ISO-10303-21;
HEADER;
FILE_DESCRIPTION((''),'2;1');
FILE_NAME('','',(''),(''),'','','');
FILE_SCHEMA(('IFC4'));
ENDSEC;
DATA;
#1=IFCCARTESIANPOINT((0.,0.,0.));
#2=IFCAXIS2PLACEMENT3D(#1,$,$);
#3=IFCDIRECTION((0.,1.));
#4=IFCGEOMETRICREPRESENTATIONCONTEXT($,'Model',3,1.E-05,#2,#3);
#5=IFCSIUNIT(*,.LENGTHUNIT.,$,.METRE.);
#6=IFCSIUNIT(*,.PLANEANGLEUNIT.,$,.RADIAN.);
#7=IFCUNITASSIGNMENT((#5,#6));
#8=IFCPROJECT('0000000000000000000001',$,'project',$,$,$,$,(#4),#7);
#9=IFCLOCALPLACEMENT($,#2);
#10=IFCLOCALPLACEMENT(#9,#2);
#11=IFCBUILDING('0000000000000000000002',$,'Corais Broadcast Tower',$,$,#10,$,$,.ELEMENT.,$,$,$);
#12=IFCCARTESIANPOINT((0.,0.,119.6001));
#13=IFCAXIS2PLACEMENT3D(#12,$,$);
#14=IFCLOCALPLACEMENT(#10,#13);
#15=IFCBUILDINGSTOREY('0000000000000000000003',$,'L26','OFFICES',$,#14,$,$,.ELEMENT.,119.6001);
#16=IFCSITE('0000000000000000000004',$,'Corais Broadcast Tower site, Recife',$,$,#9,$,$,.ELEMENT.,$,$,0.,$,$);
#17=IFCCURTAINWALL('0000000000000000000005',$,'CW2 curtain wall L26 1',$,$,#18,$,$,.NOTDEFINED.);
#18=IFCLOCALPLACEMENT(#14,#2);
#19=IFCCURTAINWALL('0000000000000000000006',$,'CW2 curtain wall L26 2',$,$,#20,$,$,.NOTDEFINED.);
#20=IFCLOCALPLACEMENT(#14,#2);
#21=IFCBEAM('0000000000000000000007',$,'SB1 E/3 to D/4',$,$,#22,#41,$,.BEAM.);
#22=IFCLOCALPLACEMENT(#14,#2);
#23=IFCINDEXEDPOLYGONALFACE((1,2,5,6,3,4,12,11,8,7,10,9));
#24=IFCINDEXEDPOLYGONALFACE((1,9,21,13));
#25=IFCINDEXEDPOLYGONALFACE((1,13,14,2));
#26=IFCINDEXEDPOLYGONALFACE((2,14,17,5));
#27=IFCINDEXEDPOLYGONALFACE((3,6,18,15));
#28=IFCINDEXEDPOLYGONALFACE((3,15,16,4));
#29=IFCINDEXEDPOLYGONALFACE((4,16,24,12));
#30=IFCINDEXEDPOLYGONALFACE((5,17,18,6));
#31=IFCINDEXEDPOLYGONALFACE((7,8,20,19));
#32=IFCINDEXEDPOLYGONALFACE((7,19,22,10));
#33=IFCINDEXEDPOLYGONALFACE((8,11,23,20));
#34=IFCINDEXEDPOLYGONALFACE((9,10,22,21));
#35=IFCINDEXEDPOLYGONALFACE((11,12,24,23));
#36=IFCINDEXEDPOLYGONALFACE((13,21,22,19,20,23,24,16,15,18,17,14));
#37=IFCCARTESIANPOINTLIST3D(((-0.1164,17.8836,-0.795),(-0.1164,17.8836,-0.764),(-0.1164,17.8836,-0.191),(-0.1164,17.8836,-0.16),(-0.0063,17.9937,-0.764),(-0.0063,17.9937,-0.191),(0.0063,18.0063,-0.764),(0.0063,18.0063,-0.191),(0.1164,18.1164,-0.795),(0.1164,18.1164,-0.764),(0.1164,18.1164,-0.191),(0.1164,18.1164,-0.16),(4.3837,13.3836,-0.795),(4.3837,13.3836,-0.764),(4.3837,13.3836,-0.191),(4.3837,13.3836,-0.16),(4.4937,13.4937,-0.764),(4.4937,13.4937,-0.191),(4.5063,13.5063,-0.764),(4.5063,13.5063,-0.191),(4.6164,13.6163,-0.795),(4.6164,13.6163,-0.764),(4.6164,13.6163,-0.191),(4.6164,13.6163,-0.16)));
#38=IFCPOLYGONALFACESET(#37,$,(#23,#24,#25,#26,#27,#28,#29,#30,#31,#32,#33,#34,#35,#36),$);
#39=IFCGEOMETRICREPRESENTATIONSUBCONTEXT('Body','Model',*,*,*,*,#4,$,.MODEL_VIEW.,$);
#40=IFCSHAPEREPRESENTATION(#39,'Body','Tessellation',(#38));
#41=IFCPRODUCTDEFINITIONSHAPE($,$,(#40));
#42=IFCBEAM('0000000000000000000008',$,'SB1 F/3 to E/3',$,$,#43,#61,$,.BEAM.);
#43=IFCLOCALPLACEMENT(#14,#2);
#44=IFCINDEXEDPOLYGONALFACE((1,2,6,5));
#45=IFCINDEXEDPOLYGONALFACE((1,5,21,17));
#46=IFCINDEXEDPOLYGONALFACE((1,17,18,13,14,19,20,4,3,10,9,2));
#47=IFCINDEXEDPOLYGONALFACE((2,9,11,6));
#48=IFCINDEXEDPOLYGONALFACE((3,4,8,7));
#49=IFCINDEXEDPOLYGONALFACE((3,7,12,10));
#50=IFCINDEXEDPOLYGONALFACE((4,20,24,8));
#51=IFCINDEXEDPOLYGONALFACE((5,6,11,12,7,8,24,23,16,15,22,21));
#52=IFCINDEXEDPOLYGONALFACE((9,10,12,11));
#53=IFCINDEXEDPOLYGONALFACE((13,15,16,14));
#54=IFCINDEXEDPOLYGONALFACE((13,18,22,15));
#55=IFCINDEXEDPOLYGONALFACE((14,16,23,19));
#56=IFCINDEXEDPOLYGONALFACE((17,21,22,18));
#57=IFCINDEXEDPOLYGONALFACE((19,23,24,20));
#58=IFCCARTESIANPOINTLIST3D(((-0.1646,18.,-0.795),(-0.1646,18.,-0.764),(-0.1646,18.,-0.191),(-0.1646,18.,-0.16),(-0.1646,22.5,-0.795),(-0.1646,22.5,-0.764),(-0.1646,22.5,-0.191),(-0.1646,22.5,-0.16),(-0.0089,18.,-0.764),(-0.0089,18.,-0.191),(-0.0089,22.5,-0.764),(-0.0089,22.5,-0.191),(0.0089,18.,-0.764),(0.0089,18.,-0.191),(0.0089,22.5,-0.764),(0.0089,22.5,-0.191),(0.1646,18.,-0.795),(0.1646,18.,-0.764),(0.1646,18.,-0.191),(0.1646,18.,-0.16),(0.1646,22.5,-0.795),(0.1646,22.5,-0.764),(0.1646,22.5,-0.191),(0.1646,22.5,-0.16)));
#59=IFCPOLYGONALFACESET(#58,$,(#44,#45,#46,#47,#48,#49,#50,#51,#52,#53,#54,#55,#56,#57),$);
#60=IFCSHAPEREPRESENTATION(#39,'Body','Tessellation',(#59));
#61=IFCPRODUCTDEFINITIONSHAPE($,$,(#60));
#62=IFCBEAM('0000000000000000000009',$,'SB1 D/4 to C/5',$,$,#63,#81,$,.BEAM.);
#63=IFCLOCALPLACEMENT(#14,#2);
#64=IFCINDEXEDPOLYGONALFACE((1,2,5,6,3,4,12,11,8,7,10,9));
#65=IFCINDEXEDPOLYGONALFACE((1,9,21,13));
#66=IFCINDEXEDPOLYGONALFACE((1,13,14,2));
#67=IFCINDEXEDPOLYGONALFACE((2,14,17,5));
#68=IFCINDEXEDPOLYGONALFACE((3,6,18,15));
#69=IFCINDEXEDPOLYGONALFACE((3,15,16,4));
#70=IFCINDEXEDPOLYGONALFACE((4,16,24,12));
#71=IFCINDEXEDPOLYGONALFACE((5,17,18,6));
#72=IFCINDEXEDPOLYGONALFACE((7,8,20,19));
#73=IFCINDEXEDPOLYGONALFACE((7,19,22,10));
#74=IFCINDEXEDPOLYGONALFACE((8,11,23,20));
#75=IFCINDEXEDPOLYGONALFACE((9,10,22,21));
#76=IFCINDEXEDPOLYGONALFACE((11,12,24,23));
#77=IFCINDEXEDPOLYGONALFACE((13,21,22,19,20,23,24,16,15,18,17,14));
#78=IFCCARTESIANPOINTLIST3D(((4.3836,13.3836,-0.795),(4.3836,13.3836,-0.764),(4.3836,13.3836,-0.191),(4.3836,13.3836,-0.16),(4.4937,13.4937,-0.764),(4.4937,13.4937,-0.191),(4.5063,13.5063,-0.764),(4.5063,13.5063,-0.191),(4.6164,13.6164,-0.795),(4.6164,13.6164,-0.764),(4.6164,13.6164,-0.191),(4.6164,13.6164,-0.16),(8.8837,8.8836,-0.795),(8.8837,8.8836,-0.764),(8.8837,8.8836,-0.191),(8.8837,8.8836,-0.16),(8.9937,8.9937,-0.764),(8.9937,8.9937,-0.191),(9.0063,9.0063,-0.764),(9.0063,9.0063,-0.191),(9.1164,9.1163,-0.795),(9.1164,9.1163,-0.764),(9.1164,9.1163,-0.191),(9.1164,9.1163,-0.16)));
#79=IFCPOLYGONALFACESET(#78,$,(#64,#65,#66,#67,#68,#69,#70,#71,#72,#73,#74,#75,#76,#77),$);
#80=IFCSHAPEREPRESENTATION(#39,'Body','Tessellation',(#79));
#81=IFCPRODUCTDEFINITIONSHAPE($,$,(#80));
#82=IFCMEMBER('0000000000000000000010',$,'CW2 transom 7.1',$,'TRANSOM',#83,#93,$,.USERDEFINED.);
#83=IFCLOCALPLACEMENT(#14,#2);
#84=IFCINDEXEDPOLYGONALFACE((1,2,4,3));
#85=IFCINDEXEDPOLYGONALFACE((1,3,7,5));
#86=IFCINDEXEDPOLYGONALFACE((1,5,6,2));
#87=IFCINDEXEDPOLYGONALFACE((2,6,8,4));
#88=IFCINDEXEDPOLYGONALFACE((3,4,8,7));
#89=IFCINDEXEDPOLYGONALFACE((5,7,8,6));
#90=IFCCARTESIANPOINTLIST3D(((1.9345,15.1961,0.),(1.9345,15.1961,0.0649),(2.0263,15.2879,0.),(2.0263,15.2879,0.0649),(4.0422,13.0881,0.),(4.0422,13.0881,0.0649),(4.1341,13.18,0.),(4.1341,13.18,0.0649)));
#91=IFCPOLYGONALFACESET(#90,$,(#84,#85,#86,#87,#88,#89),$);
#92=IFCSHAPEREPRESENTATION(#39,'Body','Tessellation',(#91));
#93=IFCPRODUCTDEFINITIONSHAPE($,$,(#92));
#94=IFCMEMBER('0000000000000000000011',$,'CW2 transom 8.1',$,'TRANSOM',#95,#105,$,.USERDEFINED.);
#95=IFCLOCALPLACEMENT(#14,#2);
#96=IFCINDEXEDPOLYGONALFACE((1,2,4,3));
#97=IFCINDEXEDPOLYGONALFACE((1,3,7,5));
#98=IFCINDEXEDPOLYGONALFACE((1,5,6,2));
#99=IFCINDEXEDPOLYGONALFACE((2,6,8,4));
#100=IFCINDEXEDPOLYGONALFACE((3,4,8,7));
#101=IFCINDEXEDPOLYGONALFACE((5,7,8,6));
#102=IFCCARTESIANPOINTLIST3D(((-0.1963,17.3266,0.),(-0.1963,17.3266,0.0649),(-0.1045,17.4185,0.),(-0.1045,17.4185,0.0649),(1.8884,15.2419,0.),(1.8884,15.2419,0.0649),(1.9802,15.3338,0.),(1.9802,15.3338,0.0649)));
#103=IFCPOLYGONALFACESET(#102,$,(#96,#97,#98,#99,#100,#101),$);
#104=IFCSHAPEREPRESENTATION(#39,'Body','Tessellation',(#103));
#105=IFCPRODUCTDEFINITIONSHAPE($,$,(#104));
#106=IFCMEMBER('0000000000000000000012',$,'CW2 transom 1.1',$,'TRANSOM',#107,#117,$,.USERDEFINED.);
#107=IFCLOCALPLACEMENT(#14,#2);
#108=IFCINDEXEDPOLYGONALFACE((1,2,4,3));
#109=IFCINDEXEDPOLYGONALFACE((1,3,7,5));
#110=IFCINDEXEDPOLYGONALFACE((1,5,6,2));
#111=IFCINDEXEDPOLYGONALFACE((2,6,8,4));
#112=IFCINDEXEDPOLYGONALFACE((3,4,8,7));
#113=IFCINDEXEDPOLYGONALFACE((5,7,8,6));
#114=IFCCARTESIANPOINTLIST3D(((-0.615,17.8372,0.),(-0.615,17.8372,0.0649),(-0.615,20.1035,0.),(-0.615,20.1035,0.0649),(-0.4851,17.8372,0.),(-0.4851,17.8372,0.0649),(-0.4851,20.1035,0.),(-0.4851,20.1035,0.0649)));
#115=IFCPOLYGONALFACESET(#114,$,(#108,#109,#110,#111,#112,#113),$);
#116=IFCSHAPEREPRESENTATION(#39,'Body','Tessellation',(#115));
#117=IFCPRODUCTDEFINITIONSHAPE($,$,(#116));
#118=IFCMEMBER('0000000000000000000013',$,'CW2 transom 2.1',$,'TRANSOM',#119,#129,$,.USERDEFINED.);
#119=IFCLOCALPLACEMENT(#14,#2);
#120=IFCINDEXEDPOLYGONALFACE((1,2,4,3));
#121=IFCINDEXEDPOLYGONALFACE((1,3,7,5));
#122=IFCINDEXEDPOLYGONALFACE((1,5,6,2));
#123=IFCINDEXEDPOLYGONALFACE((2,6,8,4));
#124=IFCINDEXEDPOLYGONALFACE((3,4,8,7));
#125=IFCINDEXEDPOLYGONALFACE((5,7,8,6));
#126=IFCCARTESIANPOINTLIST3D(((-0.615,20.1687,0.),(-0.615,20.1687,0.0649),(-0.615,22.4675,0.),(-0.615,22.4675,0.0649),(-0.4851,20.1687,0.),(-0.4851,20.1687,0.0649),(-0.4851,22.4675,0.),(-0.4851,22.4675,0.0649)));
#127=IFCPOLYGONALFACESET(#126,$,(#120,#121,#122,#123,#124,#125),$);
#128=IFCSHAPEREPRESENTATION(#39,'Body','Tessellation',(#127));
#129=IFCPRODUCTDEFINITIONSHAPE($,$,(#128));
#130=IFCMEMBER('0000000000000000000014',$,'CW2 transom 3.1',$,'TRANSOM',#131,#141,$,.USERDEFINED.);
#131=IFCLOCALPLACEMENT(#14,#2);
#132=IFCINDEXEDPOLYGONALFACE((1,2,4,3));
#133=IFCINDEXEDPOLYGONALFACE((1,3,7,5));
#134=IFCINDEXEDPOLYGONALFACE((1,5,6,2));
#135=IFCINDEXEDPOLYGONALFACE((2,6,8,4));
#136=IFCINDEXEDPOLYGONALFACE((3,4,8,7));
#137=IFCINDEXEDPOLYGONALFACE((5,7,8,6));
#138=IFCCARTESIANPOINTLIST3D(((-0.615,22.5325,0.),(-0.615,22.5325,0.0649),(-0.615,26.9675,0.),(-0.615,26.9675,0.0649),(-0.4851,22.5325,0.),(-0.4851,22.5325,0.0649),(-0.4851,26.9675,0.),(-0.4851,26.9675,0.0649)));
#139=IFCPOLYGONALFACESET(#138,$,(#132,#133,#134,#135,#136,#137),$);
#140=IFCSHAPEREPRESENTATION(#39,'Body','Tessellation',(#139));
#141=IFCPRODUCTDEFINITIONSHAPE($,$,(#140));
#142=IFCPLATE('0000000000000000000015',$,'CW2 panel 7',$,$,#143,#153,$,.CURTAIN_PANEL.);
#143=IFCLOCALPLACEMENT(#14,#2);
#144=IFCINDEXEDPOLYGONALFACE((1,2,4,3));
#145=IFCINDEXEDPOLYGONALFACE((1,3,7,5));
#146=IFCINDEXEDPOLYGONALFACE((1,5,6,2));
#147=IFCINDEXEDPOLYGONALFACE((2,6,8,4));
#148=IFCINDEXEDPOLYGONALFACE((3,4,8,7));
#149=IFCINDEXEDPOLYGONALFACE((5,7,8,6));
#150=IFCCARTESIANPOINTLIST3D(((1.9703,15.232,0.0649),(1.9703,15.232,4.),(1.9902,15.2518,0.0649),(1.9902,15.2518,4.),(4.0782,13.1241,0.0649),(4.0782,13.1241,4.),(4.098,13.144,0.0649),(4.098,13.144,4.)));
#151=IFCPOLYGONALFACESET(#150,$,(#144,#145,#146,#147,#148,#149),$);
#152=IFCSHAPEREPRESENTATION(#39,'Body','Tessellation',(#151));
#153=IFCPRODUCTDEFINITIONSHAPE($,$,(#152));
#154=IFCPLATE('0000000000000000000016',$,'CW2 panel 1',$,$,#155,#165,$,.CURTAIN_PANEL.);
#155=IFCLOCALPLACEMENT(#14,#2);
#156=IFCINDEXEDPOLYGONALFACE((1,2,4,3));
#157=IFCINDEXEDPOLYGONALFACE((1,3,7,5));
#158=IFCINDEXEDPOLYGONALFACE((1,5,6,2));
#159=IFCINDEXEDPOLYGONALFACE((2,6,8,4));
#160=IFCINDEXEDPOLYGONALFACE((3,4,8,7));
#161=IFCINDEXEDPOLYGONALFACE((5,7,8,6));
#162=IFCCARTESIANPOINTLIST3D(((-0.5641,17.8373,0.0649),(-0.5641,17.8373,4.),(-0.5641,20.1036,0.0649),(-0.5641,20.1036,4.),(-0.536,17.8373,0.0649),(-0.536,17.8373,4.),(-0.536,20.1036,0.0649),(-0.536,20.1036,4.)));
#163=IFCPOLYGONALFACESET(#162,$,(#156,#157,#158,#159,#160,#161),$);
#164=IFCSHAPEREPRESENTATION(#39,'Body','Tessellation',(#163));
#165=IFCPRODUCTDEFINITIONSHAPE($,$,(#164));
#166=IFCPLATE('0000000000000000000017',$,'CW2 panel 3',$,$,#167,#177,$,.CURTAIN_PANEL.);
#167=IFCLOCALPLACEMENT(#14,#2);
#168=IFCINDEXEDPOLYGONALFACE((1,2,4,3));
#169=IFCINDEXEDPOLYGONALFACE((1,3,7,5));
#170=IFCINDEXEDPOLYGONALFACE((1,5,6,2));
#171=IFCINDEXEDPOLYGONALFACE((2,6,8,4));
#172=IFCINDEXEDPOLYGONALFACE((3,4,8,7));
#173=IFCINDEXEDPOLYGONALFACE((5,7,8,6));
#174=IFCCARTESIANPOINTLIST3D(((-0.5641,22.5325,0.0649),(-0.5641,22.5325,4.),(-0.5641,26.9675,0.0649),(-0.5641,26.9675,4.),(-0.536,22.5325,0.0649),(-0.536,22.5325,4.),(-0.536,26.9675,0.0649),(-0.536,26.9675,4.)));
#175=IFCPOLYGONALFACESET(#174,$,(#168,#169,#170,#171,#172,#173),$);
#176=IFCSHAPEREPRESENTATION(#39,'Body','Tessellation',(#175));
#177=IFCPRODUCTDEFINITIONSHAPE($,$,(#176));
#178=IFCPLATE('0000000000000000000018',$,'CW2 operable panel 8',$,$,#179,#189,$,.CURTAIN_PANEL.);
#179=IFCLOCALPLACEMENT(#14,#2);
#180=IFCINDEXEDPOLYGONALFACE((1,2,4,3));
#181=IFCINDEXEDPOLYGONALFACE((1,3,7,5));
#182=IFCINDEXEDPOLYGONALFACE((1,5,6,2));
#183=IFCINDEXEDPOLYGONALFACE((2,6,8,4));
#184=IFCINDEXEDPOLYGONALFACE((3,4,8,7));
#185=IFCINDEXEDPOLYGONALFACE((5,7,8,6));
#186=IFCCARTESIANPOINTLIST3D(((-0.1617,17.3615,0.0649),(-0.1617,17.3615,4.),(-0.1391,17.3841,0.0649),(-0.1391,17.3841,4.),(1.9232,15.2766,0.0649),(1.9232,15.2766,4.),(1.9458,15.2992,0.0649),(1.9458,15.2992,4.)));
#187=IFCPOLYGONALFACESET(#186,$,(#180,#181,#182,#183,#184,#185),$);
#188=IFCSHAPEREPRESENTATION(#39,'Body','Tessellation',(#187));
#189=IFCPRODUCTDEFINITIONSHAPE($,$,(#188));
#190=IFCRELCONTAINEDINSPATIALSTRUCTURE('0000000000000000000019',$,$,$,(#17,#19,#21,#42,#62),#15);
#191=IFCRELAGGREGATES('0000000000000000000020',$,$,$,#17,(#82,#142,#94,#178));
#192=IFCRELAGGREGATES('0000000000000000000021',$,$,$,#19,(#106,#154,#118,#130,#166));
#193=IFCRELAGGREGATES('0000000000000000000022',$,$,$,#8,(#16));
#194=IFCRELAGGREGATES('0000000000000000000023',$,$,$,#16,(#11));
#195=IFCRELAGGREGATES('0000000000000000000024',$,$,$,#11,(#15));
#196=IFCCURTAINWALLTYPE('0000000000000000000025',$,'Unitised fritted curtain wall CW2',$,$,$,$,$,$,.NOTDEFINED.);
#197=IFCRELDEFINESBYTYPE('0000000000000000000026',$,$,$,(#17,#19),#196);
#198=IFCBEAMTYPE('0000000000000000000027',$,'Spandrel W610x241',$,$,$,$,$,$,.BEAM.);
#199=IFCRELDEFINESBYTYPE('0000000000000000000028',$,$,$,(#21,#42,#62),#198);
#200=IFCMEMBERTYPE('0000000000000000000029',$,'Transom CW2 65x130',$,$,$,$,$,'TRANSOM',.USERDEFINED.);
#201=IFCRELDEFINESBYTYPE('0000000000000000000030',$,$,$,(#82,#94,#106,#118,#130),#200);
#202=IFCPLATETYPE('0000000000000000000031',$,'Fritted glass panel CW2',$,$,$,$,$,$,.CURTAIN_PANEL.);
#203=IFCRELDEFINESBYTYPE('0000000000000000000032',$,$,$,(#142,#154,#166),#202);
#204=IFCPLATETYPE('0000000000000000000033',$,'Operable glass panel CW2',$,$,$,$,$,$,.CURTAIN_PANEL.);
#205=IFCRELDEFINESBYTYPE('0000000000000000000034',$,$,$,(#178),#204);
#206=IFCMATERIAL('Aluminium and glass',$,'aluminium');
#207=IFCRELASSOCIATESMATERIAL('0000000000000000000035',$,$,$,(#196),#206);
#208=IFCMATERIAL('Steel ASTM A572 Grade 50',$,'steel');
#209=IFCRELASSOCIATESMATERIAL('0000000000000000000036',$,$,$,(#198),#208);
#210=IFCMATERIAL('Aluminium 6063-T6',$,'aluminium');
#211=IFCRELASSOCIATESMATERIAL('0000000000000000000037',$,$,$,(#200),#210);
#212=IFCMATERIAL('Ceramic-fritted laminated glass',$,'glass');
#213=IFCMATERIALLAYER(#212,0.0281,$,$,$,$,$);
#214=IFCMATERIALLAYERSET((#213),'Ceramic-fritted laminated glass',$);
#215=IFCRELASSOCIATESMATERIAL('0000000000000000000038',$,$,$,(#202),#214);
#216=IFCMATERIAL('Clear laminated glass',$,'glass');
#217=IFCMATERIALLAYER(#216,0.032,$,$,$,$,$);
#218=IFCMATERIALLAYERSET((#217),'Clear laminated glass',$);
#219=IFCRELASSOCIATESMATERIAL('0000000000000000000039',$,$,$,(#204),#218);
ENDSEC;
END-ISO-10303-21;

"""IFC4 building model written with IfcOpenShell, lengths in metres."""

from ifc_helpers import new_model, si_unit, direction, frame, origin, origin_2d, place, context, subcontext, project, spatial, rectangle, i_section, extrude, material, layer, layer_set, material_profile, profile_set, type_object, element, aggregate, save


model = new_model("IFC4")

# Units and contexts
model_context = context("Model", 3, precision=1e-05, world=origin(), true_north=direction((0.0, 1.0)))
body_context = subcontext(model_context, "Body", "Model", "MODEL_VIEW")
ifc_project = project(units=[si_unit("LENGTHUNIT", "METRE"), si_unit("PLANEANGLEUNIT", "RADIAN")], contexts=[model_context])

# Site, building, storey
site_placement = place(None, origin())
site = spatial("IfcSite", under=ifc_project, at=site_placement, Name="Corais Broadcast Tower site, Recife", CompositionType="ELEMENT", RefElevation=0.0)
building_placement = place(site_placement, origin())
building = spatial("IfcBuilding", under=site, at=building_placement, Name="Corais Broadcast Tower", CompositionType="ELEMENT")
storey_placement = place(building_placement, frame((0.0, 0.0, 119.6001)))
storey = spatial("IfcBuildingStorey", under=building, at=storey_placement, Name="L26", Description="OFFICES", CompositionType="ELEMENT", Elevation=119.6001)

# Curtain walls
ifc_material_1 = material(Name="Aluminium and glass", Category="aluminium")
curtain_wall_type = type_object("IfcCurtainWallType", Name="Unitised fritted curtain wall CW2", PredefinedType="NOTDEFINED", material=ifc_material_1)
curtain_wall_1_placement = place(storey_placement, origin())
curtain_wall_1 = element("IfcCurtainWall", 1, at=curtain_wall_1_placement, inside=storey, type_object=curtain_wall_type, Name="CW2 curtain wall L26 1", PredefinedType="NOTDEFINED")
curtain_wall_2_placement = place(storey_placement, origin())
curtain_wall_2 = element("IfcCurtainWall", 2, at=curtain_wall_2_placement, inside=storey, type_object=curtain_wall_type, Name="CW2 curtain wall L26 2", PredefinedType="NOTDEFINED")

# Beams
ifc_material_2 = material(Name="Steel ASTM A572 Grade 50", Category="steel")
ifc_material_profile_1 = material_profile(ifc_material_2, i_section(OverallWidth=0.3291, OverallDepth=0.635, WebThickness=0.0178, FlangeThickness=0.031, at=origin_2d()), Name="W610x241")
ifc_profile_set_1 = profile_set([ifc_material_profile_1], Name="Steel ASTM A572 Grade 50")
beam_type_1 = type_object("IfcBeamType", Name="Spandrel W610x241", PredefinedType="BEAM", material=ifc_profile_set_1)
beam_1_placement = place(storey_placement, frame((0.0, 18.0, -0.4775), z_axis=(0.707107, -0.707107, 0.0), x_axis=(0.707107, 0.707107, 0.0)))
element("IfcBeam", 3, at=beam_1_placement, inside=storey, type_object=beam_type_1, Name="SB1 E/3 to D/4", PredefinedType="BEAM", context=body_context, shape_type="SweptSolid", body=[
    extrude(i_section(OverallWidth=0.3291, OverallDepth=0.635, WebThickness=0.0178, FlangeThickness=0.031, at=origin_2d()), origin(), (0.0, 0.0, 1.0), 6.364),
])
beam_2_placement = place(storey_placement, frame((0.0, 22.5, -0.4775), z_axis=(0.0, -1.0, 0.0), x_axis=(1.0, 0.0, 0.0)))
element("IfcBeam", 4, at=beam_2_placement, inside=storey, type_object=beam_type_1, Name="SB1 F/3 to E/3", PredefinedType="BEAM", context=body_context, shape_type="SweptSolid", body=[
    extrude(i_section(OverallWidth=0.3291, OverallDepth=0.635, WebThickness=0.0178, FlangeThickness=0.031, at=origin_2d()), origin(), (0.0, 0.0, 1.0), 4.5),
])
beam_3_placement = place(storey_placement, frame((4.5, 13.5, -0.4775), z_axis=(0.707107, -0.707107, 0.0), x_axis=(0.707107, 0.707107, 0.0)))
element("IfcBeam", 5, at=beam_3_placement, inside=storey, type_object=beam_type_1, Name="SB1 D/4 to C/5", PredefinedType="BEAM", context=body_context, shape_type="SweptSolid", body=[
    extrude(i_section(OverallWidth=0.3291, OverallDepth=0.635, WebThickness=0.0178, FlangeThickness=0.031, at=origin_2d()), origin(), (0.0, 0.0, 1.0), 6.364),
])

# Members
ifc_material_3 = material(Name="Aluminium 6063-T6", Category="aluminium")
ifc_material_profile_2 = material_profile(ifc_material_3, rectangle(XDim=0.1299, YDim=0.0649, at=origin_2d()), Name="Transom CW2 65x130")
ifc_profile_set_2 = profile_set([ifc_material_profile_2], Name="Aluminium 6063-T6")
member_type_1 = type_object("IfcMemberType", Name="Transom CW2 65x130", ElementType="TRANSOM", PredefinedType="USERDEFINED", material=ifc_profile_set_2)
member_1_placement = place(storey_placement, frame((4.0881, 13.134, 0.0325), z_axis=(-0.707066, 0.707148, 0.0), x_axis=(-0.707148, -0.707066, 0.0)))
member_1 = element("IfcMember", 6, at=member_1_placement, type_object=member_type_1, Name="CW2 transom 7.1", ObjectType="TRANSOM", PredefinedType="USERDEFINED", context=body_context, shape_type="SweptSolid", body=[
    extrude(rectangle(XDim=0.1299, YDim=0.0649, at=origin_2d()), origin(), (0.0, 0.0, 1.0), 2.981),
])
member_2_placement = place(storey_placement, frame((1.9343, 15.2878, 0.0325), z_axis=(-0.707107, 0.707107, 0.0), x_axis=(-0.707107, -0.707107, 0.0)))
member_2 = element("IfcMember", 7, at=member_2_placement, type_object=member_type_1, Name="CW2 transom 8.1", ObjectType="TRANSOM", PredefinedType="USERDEFINED", context=body_context, shape_type="SweptSolid", body=[
    extrude(rectangle(XDim=0.1299, YDim=0.0649, at=origin_2d()), origin(), (0.0, 0.0, 1.0), 2.9482),
])
member_3_placement = place(storey_placement, frame((-0.55, 17.8372, 0.0325), z_axis=(0.0, 1.0, 0.0), x_axis=(-1.0, 0.0, 0.0)))
member_3 = element("IfcMember", 8, at=member_3_placement, type_object=member_type_1, Name="CW2 transom 1.1", ObjectType="TRANSOM", PredefinedType="USERDEFINED", context=body_context, shape_type="SweptSolid", body=[
    extrude(rectangle(XDim=0.1299, YDim=0.0649, at=origin_2d()), origin(), (0.0, 0.0, 1.0), 2.2664),
])
member_4_placement = place(storey_placement, frame((-0.55, 20.1687, 0.0325), z_axis=(0.0, 1.0, 0.0), x_axis=(-1.0, 0.0, 0.0)))
member_4 = element("IfcMember", 9, at=member_4_placement, type_object=member_type_1, Name="CW2 transom 2.1", ObjectType="TRANSOM", PredefinedType="USERDEFINED", context=body_context, shape_type="SweptSolid", body=[
    extrude(rectangle(XDim=0.1299, YDim=0.0649, at=origin_2d()), origin(), (0.0, 0.0, 1.0), 2.2988),
])
member_5_placement = place(storey_placement, frame((-0.55, 22.5325, 0.0325), z_axis=(0.0, 1.0, 0.0), x_axis=(-1.0, 0.0, 0.0)))
member_5 = element("IfcMember", 10, at=member_5_placement, type_object=member_type_1, Name="CW2 transom 3.1", ObjectType="TRANSOM", PredefinedType="USERDEFINED", context=body_context, shape_type="SweptSolid", body=[
    extrude(rectangle(XDim=0.1299, YDim=0.0649, at=origin_2d()), origin(), (0.0, 0.0, 1.0), 4.4351),
])

# Plates
ifc_material_4 = material(Name="Ceramic-fritted laminated glass", Category="glass")
ifc_layer_1 = layer(ifc_material_4, 0.0281)
ifc_layer_set_1 = layer_set([ifc_layer_1], Name="Ceramic-fritted laminated glass")
plate_type_1 = type_object("IfcPlateType", Name="Fritted glass panel CW2", PredefinedType="CURTAIN_PANEL", material=ifc_layer_set_1)
plate_1_placement = place(storey_placement, frame((3.0342, 14.188, 0.0649), z_axis=(0.0, 0.0, 1.0), x_axis=(-0.707107, 0.707107, 0.0)))
plate_1 = element("IfcPlate", 11, at=plate_1_placement, type_object=plate_type_1, Name="CW2 panel 7", PredefinedType="CURTAIN_PANEL", context=body_context, shape_type="SweptSolid", body=[
    extrude(rectangle(XDim=2.981, YDim=0.0281, at=origin_2d()), origin(), (0.0, 0.0, 1.0), 3.9351),
])
plate_2_placement = place(storey_placement, frame((-0.55, 18.9705, 0.0649), z_axis=(0.0, 0.0, 1.0), x_axis=(0.0, 1.0, 0.0)))
plate_2 = element("IfcPlate", 12, at=plate_2_placement, type_object=plate_type_1, Name="CW2 panel 1", PredefinedType="CURTAIN_PANEL", context=body_context, shape_type="SweptSolid", body=[
    extrude(rectangle(XDim=2.2664, YDim=0.0281, at=origin_2d()), origin(), (0.0, 0.0, 1.0), 3.9351),
])
plate_3_placement = place(storey_placement, frame((-0.55, 24.75, 0.0649), z_axis=(0.0, 0.0, 1.0), x_axis=(0.0, 1.0, 0.0)))
plate_3 = element("IfcPlate", 13, at=plate_3_placement, type_object=plate_type_1, Name="CW2 panel 3", PredefinedType="CURTAIN_PANEL", context=body_context, shape_type="SweptSolid", body=[
    extrude(rectangle(XDim=4.4351, YDim=0.0281, at=origin_2d()), origin(), (0.0, 0.0, 1.0), 3.9351),
])
ifc_material_5 = material(Name="Clear laminated glass", Category="glass")
ifc_layer_2 = layer(ifc_material_5, 0.032)
ifc_layer_set_2 = layer_set([ifc_layer_2], Name="Clear laminated glass")
plate_type_2 = type_object("IfcPlateType", Name="Operable glass panel CW2", PredefinedType="CURTAIN_PANEL", material=ifc_layer_set_2)
plate_4_placement = place(storey_placement, frame((0.8921, 16.3303, 0.0649), z_axis=(0.0, 0.0, 1.0), x_axis=(-0.707107, 0.707107, 0.0)))
plate_4 = element("IfcPlate", 14, at=plate_4_placement, type_object=plate_type_2, Name="CW2 operable panel 8", PredefinedType="CURTAIN_PANEL", context=body_context, shape_type="SweptSolid", body=[
    extrude(rectangle(XDim=2.9485, YDim=0.032, at=origin_2d()), origin(), (0.0, 0.0, 1.0), 3.9351),
])
aggregate(curtain_wall_1, [member_1, plate_1, member_2, plate_4])
aggregate(curtain_wall_2, [member_3, plate_2, member_4, member_5, plate_3])

save(model, "model.ifc")
